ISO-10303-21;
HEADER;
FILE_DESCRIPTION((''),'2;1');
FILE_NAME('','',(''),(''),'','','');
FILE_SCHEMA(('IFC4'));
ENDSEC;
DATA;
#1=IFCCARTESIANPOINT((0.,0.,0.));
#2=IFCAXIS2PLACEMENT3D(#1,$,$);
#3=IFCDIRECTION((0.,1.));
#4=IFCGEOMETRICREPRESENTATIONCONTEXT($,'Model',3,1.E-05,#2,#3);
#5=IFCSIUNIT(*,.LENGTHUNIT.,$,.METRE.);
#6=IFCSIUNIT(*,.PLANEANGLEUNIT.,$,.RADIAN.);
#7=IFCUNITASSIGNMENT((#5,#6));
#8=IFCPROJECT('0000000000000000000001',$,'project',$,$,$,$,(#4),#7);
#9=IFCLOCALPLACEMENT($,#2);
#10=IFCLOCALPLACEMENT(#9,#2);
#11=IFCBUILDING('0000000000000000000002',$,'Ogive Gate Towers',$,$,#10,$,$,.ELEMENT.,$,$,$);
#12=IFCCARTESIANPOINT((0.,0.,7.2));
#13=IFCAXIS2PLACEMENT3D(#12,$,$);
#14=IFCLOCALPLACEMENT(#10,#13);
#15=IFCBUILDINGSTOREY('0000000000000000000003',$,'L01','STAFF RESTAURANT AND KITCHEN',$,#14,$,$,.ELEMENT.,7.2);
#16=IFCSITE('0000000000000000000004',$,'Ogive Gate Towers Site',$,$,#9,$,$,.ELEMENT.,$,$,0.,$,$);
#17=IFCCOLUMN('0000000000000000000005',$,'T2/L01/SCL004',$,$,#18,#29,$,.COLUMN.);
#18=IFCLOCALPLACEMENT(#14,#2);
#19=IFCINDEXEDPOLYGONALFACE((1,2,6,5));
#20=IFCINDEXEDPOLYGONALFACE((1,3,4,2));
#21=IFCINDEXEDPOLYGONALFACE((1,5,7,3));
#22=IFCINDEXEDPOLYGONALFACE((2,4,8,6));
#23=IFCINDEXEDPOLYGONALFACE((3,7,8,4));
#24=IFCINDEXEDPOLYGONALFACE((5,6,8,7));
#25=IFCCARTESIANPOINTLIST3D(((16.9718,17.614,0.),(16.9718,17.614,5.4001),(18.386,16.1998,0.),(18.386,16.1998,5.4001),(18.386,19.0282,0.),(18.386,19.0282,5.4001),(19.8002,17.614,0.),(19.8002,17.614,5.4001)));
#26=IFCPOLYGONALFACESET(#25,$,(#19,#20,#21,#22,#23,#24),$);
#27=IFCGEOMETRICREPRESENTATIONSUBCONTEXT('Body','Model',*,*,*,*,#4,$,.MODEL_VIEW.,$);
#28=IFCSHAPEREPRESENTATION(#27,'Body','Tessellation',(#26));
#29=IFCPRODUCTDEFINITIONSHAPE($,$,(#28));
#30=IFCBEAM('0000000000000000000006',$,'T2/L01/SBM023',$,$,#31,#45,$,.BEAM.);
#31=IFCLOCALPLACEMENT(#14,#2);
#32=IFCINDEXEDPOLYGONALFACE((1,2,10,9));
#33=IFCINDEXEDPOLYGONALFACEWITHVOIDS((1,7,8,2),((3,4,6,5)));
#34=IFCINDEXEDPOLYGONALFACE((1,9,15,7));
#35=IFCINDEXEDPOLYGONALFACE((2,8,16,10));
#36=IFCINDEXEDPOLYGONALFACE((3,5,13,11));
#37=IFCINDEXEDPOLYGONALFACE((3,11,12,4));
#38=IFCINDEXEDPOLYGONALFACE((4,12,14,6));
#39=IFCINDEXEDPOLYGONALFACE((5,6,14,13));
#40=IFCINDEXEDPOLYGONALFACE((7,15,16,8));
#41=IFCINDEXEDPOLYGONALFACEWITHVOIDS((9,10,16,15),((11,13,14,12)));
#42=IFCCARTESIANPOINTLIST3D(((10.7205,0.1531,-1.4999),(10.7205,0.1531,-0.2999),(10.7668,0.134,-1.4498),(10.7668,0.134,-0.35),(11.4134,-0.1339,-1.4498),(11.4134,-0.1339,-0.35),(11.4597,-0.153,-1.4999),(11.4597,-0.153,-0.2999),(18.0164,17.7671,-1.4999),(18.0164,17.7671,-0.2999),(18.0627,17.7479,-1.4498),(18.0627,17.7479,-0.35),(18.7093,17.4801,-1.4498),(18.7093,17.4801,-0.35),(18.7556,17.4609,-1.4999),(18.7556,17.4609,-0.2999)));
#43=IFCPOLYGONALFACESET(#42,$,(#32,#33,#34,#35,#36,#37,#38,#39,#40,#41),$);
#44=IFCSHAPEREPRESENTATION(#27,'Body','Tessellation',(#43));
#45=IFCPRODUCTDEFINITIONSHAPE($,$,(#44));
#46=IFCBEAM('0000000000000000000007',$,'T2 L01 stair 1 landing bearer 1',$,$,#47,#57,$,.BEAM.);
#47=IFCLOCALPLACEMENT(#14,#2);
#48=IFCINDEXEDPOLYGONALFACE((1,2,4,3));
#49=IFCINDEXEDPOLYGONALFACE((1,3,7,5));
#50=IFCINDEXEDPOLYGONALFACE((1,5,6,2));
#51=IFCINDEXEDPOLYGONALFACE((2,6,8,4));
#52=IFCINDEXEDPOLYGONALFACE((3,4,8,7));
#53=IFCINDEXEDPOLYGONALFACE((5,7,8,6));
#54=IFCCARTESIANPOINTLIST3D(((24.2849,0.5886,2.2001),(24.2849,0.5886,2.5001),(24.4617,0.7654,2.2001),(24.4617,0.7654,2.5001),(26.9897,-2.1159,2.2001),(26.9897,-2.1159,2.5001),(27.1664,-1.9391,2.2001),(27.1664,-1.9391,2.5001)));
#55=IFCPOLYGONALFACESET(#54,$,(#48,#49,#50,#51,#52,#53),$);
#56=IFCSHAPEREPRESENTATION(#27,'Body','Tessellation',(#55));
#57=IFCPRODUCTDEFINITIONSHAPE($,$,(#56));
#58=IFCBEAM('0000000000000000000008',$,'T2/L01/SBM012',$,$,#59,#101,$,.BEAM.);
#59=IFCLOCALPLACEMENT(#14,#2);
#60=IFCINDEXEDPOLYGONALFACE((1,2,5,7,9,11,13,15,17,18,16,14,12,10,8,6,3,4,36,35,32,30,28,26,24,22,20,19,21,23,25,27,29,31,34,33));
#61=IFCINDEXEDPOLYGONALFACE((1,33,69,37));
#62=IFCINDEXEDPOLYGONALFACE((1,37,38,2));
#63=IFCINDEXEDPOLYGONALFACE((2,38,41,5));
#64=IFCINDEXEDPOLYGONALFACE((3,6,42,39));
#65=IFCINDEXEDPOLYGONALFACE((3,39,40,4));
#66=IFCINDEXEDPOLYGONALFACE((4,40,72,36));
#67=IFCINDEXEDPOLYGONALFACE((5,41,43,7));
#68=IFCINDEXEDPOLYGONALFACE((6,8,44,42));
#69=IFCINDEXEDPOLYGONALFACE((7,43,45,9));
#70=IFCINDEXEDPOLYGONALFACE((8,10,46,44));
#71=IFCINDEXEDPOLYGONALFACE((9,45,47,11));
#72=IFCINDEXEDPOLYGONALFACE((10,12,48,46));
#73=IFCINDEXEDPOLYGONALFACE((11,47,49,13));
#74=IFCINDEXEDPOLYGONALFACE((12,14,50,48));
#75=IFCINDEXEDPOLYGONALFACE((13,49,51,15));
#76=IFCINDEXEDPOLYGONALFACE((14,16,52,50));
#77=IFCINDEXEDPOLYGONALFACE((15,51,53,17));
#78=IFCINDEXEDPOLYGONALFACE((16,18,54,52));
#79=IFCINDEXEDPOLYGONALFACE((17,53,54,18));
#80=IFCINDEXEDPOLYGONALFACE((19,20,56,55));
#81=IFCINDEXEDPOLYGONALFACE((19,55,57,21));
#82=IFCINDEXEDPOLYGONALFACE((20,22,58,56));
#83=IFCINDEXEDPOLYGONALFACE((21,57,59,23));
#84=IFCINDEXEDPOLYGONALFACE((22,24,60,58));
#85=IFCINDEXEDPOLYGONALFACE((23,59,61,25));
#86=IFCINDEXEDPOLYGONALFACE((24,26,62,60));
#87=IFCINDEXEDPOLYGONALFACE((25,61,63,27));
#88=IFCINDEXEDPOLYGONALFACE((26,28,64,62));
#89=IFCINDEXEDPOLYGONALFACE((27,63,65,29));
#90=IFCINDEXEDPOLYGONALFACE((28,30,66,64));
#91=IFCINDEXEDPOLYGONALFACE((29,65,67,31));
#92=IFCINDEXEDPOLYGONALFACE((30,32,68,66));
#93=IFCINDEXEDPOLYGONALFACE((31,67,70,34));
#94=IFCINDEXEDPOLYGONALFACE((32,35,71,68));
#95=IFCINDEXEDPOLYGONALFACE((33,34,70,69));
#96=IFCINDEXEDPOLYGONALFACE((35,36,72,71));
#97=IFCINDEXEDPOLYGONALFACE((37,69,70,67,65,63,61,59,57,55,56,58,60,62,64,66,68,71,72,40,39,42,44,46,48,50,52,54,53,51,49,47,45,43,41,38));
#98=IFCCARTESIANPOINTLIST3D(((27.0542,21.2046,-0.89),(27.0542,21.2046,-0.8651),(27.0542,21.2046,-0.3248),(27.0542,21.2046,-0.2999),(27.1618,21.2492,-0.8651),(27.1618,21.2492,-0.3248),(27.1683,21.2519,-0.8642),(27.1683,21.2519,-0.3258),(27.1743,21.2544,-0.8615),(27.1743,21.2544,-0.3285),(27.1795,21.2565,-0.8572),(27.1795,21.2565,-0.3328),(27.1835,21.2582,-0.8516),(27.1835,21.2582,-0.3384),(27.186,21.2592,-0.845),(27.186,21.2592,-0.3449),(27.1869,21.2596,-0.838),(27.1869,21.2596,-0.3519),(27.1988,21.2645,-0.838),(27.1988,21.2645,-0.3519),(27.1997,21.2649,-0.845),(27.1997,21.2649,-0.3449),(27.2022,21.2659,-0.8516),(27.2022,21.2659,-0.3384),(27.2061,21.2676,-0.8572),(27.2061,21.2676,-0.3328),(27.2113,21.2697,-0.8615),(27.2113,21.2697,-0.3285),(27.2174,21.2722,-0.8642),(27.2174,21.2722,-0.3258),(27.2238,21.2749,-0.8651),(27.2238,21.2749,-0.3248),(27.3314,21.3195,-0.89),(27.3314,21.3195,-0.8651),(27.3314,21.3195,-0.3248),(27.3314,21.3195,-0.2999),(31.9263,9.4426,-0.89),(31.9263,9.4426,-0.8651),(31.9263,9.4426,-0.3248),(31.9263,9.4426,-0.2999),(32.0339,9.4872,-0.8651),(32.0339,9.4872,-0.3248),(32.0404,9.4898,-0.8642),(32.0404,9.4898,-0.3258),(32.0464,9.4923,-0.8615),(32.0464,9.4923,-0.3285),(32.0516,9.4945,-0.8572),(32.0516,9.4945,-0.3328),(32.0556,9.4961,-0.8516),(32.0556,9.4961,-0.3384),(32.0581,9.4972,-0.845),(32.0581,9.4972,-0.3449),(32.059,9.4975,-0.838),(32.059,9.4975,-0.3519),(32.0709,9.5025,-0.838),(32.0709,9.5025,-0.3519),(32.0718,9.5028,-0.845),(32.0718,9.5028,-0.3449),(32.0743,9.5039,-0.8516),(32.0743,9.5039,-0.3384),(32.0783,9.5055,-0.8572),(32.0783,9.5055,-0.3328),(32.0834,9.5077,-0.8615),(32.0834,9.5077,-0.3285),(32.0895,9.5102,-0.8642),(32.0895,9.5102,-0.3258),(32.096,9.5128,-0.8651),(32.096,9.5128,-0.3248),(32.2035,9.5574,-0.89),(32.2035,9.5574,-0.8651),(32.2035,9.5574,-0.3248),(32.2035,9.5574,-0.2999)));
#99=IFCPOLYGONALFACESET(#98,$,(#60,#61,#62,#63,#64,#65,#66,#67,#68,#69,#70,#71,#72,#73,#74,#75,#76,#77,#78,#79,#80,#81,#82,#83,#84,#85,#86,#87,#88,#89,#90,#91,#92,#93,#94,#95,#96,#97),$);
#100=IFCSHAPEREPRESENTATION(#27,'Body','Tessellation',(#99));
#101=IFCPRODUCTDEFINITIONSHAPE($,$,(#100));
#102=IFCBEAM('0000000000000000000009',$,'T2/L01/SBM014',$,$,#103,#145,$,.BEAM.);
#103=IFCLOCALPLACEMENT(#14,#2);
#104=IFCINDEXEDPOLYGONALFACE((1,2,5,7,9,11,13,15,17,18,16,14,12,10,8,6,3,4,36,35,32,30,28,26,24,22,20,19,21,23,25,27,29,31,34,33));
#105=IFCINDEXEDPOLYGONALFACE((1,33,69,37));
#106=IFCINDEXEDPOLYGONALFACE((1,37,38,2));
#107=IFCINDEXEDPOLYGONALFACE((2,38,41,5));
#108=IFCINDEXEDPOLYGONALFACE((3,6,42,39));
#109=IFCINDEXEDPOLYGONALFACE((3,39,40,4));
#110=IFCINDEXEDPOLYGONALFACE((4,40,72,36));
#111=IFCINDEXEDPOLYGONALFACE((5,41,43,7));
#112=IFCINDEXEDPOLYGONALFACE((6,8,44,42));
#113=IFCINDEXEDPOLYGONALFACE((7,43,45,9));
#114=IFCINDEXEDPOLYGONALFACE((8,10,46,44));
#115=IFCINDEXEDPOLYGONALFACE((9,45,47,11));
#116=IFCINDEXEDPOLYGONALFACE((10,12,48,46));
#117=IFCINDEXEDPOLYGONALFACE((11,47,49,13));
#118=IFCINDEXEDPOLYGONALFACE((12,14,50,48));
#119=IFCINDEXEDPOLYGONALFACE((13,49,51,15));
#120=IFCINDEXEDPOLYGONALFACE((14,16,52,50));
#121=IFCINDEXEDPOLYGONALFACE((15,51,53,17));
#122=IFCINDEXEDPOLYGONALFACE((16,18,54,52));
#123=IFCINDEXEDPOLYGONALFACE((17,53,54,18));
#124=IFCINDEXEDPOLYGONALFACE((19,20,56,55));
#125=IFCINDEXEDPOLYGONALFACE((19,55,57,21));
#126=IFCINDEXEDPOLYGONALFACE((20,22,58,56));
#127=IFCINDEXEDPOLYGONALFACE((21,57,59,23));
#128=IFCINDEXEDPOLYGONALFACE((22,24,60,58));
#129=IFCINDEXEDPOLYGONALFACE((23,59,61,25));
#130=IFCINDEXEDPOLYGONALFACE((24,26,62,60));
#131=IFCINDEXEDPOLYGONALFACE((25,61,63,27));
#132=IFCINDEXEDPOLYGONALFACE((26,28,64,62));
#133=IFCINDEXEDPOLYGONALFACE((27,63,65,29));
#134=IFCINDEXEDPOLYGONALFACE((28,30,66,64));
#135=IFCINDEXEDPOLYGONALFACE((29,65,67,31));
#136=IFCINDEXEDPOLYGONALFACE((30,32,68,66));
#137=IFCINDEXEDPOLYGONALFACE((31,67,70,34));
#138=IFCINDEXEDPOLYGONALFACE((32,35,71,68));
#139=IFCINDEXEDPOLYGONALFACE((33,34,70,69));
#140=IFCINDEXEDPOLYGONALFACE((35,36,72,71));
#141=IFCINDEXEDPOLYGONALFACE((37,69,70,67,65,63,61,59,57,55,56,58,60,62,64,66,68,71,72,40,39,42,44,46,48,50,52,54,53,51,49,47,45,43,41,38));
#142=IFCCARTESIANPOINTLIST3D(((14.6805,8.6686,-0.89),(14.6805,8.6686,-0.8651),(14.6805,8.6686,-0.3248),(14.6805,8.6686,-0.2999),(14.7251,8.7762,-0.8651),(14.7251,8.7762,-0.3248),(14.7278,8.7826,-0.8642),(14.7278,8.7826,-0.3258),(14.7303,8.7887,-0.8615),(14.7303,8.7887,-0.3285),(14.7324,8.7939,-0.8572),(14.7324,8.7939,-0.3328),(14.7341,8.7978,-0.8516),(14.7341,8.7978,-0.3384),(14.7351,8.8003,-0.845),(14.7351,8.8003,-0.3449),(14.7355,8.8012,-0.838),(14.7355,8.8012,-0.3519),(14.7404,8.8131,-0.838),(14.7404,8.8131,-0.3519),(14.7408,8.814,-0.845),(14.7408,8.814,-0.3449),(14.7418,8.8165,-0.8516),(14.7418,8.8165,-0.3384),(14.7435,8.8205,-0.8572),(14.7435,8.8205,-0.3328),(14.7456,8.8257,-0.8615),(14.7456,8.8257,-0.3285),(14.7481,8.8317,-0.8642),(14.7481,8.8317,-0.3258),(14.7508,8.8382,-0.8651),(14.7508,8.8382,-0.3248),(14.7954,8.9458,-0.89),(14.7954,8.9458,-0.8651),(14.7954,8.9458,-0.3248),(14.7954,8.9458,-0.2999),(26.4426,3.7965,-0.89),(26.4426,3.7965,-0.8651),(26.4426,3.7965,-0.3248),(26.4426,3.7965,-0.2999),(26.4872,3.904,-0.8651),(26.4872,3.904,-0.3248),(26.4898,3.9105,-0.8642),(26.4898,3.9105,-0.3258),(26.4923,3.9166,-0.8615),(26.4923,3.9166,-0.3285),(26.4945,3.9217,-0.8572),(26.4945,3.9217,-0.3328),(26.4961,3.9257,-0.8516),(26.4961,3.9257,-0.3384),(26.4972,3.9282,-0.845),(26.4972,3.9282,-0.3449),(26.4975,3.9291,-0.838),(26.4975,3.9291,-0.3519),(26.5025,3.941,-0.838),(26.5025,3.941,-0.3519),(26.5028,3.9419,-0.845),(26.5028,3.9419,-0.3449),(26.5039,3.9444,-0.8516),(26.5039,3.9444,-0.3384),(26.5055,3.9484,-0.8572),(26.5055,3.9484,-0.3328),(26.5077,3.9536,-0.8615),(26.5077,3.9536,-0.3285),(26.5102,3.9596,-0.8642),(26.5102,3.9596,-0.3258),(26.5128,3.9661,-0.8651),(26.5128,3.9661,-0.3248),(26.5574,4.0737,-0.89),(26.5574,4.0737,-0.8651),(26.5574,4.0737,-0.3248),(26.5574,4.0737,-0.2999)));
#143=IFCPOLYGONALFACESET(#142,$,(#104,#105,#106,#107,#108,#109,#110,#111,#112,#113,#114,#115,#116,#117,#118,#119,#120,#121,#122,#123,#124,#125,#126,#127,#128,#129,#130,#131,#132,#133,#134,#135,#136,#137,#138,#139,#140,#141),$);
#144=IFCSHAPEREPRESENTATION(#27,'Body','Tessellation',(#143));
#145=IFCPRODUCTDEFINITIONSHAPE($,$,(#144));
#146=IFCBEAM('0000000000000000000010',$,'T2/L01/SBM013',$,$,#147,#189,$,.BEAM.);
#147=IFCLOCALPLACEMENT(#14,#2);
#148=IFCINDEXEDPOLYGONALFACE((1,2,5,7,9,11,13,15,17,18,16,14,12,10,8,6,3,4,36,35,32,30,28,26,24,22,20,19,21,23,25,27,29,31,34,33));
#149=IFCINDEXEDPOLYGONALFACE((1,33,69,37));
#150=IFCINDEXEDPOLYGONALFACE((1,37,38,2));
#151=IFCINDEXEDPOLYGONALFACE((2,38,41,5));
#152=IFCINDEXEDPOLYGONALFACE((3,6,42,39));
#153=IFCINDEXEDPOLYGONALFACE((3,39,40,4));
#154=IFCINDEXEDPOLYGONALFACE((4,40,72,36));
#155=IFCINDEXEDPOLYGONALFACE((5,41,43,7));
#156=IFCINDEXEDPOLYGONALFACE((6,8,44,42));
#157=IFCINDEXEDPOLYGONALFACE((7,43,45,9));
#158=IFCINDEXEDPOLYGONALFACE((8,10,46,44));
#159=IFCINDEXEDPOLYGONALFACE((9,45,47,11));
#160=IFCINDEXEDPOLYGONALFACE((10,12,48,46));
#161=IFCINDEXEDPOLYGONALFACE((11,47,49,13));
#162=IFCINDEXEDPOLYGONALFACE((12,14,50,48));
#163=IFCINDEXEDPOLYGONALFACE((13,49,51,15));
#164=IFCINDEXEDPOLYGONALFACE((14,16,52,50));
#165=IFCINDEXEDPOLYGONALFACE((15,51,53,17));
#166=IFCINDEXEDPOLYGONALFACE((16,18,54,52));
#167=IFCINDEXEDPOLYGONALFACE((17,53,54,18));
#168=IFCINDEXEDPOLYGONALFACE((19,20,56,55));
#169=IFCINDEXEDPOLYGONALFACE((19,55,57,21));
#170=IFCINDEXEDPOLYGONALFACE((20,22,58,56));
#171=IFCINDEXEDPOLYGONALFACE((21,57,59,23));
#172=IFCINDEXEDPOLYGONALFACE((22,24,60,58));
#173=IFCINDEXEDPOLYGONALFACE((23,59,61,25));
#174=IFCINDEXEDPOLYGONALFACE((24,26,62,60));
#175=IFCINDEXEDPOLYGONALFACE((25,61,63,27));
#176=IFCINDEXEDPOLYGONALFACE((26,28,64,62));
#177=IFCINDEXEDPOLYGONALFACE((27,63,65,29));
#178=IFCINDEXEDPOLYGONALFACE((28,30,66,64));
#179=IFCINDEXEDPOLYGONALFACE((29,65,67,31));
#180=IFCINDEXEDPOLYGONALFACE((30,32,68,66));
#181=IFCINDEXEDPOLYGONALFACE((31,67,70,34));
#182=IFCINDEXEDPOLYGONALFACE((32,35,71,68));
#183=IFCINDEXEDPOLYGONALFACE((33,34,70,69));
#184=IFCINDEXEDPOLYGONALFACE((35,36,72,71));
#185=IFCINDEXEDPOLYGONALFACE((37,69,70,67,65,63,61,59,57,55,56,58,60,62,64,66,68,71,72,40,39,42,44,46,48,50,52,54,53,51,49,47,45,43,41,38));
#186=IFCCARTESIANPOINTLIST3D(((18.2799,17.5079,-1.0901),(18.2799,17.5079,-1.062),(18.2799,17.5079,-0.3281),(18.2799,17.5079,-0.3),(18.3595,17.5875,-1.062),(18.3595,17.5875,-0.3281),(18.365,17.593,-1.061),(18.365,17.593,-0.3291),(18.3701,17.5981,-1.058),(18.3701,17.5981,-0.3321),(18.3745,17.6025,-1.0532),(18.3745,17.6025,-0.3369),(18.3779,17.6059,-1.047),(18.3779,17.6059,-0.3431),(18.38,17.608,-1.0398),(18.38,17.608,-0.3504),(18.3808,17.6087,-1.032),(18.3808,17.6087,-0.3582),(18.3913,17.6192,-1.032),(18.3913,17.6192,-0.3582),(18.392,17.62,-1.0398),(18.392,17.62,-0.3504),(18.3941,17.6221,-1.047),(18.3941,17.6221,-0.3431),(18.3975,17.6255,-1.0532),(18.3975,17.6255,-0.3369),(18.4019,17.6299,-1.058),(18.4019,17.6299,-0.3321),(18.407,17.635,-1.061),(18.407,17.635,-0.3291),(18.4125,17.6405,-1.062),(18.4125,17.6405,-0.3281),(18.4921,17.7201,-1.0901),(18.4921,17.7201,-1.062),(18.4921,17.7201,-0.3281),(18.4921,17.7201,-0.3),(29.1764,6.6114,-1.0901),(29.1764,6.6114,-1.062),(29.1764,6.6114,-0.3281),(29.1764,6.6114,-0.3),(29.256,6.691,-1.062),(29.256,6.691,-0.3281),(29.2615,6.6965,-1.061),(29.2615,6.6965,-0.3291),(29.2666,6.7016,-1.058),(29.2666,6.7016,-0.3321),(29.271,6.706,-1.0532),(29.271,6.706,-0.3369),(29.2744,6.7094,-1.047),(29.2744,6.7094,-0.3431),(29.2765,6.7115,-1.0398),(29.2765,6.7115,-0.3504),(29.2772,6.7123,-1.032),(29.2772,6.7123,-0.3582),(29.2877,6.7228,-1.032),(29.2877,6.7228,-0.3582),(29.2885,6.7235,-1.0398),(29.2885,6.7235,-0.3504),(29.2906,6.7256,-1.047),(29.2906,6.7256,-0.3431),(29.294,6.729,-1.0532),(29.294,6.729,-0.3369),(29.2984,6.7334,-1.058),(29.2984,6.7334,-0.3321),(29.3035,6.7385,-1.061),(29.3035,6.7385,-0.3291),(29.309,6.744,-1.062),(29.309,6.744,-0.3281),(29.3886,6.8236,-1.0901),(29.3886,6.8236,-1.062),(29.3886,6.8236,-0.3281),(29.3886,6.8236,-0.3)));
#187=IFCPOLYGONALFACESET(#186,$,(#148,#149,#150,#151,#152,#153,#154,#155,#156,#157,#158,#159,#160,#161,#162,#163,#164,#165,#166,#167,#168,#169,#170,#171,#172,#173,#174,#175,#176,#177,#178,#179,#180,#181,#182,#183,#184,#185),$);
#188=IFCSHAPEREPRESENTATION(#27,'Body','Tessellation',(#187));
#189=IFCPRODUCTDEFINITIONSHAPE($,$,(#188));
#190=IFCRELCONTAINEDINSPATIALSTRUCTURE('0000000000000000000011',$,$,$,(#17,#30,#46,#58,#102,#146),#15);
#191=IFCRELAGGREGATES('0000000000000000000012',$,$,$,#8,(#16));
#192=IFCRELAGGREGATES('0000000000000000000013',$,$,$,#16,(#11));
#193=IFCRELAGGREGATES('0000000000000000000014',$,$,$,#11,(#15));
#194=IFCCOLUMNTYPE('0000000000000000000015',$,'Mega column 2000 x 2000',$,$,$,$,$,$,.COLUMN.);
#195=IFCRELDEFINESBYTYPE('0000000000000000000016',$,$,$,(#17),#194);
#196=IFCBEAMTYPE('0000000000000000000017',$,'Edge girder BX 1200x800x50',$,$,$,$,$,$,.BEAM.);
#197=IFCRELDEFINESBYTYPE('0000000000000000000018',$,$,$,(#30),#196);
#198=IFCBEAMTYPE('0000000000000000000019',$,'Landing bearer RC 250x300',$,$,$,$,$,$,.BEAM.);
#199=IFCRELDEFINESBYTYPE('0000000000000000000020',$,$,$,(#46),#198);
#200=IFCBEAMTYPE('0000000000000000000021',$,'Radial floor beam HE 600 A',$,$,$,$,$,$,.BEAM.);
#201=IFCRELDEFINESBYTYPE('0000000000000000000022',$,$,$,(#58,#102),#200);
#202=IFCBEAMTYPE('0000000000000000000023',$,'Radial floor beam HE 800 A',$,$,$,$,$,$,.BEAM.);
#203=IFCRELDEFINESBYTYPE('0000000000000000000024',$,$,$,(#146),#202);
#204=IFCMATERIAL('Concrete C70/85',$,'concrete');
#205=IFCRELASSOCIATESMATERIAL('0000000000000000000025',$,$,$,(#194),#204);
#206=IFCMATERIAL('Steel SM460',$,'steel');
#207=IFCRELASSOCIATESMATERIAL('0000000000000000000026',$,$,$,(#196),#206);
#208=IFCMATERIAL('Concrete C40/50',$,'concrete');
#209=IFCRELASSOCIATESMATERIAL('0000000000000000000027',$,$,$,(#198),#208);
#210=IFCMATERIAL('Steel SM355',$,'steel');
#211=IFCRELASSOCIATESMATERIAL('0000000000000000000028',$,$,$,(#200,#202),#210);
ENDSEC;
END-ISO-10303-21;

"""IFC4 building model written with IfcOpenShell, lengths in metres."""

from ifc_helpers import new_model, si_unit, direction, frame, origin, origin_2d, place, context, subcontext, project, spatial, rectangle, hollow_rectangle, i_section, extrude, material, material_profile, profile_set, type_object, element, save


model = new_model("IFC4")

# Units and contexts
model_context = context("Model", 3, precision=1e-05, world=origin(), true_north=direction((0.0, 1.0)))
body_context = subcontext(model_context, "Body", "Model", "MODEL_VIEW")
ifc_project = project(units=[si_unit("LENGTHUNIT", "METRE"), si_unit("PLANEANGLEUNIT", "RADIAN")], contexts=[model_context])

# Site, building, storey
site_placement = place(None, origin())
site = spatial("IfcSite", under=ifc_project, at=site_placement, Name="Ogive Gate Towers Site", CompositionType="ELEMENT", RefElevation=0.0)
building_placement = place(site_placement, origin())
building = spatial("IfcBuilding", under=site, at=building_placement, Name="Ogive Gate Towers", CompositionType="ELEMENT")
storey_placement = place(building_placement, frame((0.0, 0.0, 7.2)))
storey = spatial("IfcBuildingStorey", under=building, at=storey_placement, Name="L01", Description="STAFF RESTAURANT AND KITCHEN", CompositionType="ELEMENT", Elevation=7.2)

# Column
ifc_material_1 = material(Name="Concrete C70/85", Category="concrete")
ifc_material_profile_1 = material_profile(ifc_material_1, rectangle(XDim=2.0, YDim=2.0, at=origin_2d()), Name="RC 2000x2000")
ifc_profile_set_1 = profile_set([ifc_material_profile_1], Name="Concrete C70/85")
column_type = type_object("IfcColumnType", Name="Mega column 2000 x 2000", PredefinedType="COLUMN", material=ifc_profile_set_1)
column_placement = place(storey_placement, frame((18.386, 17.614, 0.0), z_axis=(0.0, 0.0, 1.0), x_axis=(-0.707107, 0.707107, 0.0)))
element("IfcColumn", 1, at=column_placement, inside=storey, type_object=column_type, Name="T2/L01/SCL004", PredefinedType="COLUMN", context=body_context, shape_type="SweptSolid", body=[
    extrude(rectangle(XDim=2.0, YDim=2.0, at=origin_2d()), origin(), (0.0, 0.0, 1.0), 5.4001),
])

# Beams
ifc_material_2 = material(Name="Steel SM460", Category="steel")
ifc_material_profile_2 = material_profile(ifc_material_2, hollow_rectangle(XDim=0.8, YDim=1.2, WallThickness=0.05, at=origin_2d()), Name="BX 1200x800x50")
ifc_profile_set_2 = profile_set([ifc_material_profile_2], Name="Steel SM460")
beam_type_1 = type_object("IfcBeamType", Name="Edge girder BX 1200x800x50", PredefinedType="BEAM", material=ifc_profile_set_2)
beam_1_placement = place(storey_placement, frame((18.386, 17.614, -0.8999), z_axis=(-0.382681, -0.923881, 0.0), x_axis=(0.923881, -0.382681, 0.0)))
element("IfcBeam", 2, at=beam_1_placement, inside=storey, type_object=beam_type_1, Name="T2/L01/SBM023", PredefinedType="BEAM", context=body_context, shape_type="SweptSolid", body=[
    extrude(hollow_rectangle(XDim=0.8, YDim=1.2, WallThickness=0.05, at=origin_2d()), origin(), (0.0, 0.0, 1.0), 19.0652),
])
ifc_material_3 = material(Name="Concrete C40/50", Category="concrete")
ifc_material_profile_3 = material_profile(ifc_material_3, rectangle(XDim=0.25, YDim=0.3, at=origin_2d()), Name="RC 250x300")
ifc_profile_set_3 = profile_set([ifc_material_profile_3], Name="Concrete C40/50")
beam_type_2 = type_object("IfcBeamType", Name="Landing bearer RC 250x300", PredefinedType="BEAM", material=ifc_profile_set_3)
beam_2_placement = place(storey_placement, frame((24.3733, 0.677, 2.3501), z_axis=(0.707139, -0.707075, 0.0), x_axis=(0.707075, 0.707139, 0.0)))
element("IfcBeam", 3, at=beam_2_placement, inside=storey, type_object=beam_type_2, Name="T2 L01 stair 1 landing bearer 1", PredefinedType="BEAM", context=body_context, shape_type="SweptSolid", body=[
    extrude(rectangle(XDim=0.25, YDim=0.3, at=origin_2d()), origin(), (0.0, 0.0, 1.0), 3.825),
])
ifc_material_4 = material(Name="Steel SM355", Category="steel")
ifc_material_profile_4 = material_profile(ifc_material_4, i_section(OverallWidth=0.3, OverallDepth=0.5901, WebThickness=0.0129, FlangeThickness=0.0249, FilletRadius=0.0271, at=origin_2d()), Name="HE 600 A")
ifc_profile_set_4 = profile_set([ifc_material_profile_4], Name="Steel SM355")
beam_type_3 = type_object("IfcBeamType", Name="Radial floor beam HE 600 A", PredefinedType="BEAM", material=ifc_profile_set_4)
for number, where, z_axis, x_axis, name in (
    (4, (32.0649, 9.5, -0.595), (-0.382691, 0.923877, 0.0), (-0.923877, -0.382691, 0.0), "T2/L01/SBM012"),
    (5, (26.5, 3.9351, -0.595), (-0.923877, 0.382691, 0.0), (-0.382691, -0.923877, 0.0), "T2/L01/SBM014"),
):
    element("IfcBeam", number, at=place(storey_placement, frame(where, z_axis=z_axis, x_axis=x_axis)), inside=storey, type_object=beam_type_3, Name=name, PredefinedType="BEAM", context=body_context, shape_type="SweptSolid", body=[
        extrude(i_section(OverallWidth=0.3, OverallDepth=0.5901, WebThickness=0.0129, FlangeThickness=0.0249, FilletRadius=0.0271, at=origin_2d()), origin(), (0.0, 0.0, 1.0), 12.7312),
    ])
ifc_material_profile_5 = material_profile(ifc_material_4, i_section(OverallWidth=0.3, OverallDepth=0.79, WebThickness=0.0149, FlangeThickness=0.0281, FilletRadius=0.03, at=origin_2d()), Name="HE 800 A")
ifc_profile_set_5 = profile_set([ifc_material_profile_5], Name="Steel SM355")
beam_type_4 = type_object("IfcBeamType", Name="Radial floor beam HE 800 A", PredefinedType="BEAM", material=ifc_profile_set_5)
beam_3_placement = place(storey_placement, frame((29.2825, 6.7175, -0.6951), z_axis=(-0.707107, 0.707107, 0.0), x_axis=(-0.707107, -0.707107, 0.0)))
element("IfcBeam", 6, at=beam_3_placement, inside=storey, type_object=beam_type_4, Name="T2/L01/SBM013", PredefinedType="BEAM", context=body_context, shape_type="SweptSolid", body=[
    extrude(i_section(OverallWidth=0.3, OverallDepth=0.79, WebThickness=0.0149, FlangeThickness=0.0281, FilletRadius=0.03, at=origin_2d()), origin(), (0.0, 0.0, 1.0), 15.4099),
])

save(model, "model.ifc")
